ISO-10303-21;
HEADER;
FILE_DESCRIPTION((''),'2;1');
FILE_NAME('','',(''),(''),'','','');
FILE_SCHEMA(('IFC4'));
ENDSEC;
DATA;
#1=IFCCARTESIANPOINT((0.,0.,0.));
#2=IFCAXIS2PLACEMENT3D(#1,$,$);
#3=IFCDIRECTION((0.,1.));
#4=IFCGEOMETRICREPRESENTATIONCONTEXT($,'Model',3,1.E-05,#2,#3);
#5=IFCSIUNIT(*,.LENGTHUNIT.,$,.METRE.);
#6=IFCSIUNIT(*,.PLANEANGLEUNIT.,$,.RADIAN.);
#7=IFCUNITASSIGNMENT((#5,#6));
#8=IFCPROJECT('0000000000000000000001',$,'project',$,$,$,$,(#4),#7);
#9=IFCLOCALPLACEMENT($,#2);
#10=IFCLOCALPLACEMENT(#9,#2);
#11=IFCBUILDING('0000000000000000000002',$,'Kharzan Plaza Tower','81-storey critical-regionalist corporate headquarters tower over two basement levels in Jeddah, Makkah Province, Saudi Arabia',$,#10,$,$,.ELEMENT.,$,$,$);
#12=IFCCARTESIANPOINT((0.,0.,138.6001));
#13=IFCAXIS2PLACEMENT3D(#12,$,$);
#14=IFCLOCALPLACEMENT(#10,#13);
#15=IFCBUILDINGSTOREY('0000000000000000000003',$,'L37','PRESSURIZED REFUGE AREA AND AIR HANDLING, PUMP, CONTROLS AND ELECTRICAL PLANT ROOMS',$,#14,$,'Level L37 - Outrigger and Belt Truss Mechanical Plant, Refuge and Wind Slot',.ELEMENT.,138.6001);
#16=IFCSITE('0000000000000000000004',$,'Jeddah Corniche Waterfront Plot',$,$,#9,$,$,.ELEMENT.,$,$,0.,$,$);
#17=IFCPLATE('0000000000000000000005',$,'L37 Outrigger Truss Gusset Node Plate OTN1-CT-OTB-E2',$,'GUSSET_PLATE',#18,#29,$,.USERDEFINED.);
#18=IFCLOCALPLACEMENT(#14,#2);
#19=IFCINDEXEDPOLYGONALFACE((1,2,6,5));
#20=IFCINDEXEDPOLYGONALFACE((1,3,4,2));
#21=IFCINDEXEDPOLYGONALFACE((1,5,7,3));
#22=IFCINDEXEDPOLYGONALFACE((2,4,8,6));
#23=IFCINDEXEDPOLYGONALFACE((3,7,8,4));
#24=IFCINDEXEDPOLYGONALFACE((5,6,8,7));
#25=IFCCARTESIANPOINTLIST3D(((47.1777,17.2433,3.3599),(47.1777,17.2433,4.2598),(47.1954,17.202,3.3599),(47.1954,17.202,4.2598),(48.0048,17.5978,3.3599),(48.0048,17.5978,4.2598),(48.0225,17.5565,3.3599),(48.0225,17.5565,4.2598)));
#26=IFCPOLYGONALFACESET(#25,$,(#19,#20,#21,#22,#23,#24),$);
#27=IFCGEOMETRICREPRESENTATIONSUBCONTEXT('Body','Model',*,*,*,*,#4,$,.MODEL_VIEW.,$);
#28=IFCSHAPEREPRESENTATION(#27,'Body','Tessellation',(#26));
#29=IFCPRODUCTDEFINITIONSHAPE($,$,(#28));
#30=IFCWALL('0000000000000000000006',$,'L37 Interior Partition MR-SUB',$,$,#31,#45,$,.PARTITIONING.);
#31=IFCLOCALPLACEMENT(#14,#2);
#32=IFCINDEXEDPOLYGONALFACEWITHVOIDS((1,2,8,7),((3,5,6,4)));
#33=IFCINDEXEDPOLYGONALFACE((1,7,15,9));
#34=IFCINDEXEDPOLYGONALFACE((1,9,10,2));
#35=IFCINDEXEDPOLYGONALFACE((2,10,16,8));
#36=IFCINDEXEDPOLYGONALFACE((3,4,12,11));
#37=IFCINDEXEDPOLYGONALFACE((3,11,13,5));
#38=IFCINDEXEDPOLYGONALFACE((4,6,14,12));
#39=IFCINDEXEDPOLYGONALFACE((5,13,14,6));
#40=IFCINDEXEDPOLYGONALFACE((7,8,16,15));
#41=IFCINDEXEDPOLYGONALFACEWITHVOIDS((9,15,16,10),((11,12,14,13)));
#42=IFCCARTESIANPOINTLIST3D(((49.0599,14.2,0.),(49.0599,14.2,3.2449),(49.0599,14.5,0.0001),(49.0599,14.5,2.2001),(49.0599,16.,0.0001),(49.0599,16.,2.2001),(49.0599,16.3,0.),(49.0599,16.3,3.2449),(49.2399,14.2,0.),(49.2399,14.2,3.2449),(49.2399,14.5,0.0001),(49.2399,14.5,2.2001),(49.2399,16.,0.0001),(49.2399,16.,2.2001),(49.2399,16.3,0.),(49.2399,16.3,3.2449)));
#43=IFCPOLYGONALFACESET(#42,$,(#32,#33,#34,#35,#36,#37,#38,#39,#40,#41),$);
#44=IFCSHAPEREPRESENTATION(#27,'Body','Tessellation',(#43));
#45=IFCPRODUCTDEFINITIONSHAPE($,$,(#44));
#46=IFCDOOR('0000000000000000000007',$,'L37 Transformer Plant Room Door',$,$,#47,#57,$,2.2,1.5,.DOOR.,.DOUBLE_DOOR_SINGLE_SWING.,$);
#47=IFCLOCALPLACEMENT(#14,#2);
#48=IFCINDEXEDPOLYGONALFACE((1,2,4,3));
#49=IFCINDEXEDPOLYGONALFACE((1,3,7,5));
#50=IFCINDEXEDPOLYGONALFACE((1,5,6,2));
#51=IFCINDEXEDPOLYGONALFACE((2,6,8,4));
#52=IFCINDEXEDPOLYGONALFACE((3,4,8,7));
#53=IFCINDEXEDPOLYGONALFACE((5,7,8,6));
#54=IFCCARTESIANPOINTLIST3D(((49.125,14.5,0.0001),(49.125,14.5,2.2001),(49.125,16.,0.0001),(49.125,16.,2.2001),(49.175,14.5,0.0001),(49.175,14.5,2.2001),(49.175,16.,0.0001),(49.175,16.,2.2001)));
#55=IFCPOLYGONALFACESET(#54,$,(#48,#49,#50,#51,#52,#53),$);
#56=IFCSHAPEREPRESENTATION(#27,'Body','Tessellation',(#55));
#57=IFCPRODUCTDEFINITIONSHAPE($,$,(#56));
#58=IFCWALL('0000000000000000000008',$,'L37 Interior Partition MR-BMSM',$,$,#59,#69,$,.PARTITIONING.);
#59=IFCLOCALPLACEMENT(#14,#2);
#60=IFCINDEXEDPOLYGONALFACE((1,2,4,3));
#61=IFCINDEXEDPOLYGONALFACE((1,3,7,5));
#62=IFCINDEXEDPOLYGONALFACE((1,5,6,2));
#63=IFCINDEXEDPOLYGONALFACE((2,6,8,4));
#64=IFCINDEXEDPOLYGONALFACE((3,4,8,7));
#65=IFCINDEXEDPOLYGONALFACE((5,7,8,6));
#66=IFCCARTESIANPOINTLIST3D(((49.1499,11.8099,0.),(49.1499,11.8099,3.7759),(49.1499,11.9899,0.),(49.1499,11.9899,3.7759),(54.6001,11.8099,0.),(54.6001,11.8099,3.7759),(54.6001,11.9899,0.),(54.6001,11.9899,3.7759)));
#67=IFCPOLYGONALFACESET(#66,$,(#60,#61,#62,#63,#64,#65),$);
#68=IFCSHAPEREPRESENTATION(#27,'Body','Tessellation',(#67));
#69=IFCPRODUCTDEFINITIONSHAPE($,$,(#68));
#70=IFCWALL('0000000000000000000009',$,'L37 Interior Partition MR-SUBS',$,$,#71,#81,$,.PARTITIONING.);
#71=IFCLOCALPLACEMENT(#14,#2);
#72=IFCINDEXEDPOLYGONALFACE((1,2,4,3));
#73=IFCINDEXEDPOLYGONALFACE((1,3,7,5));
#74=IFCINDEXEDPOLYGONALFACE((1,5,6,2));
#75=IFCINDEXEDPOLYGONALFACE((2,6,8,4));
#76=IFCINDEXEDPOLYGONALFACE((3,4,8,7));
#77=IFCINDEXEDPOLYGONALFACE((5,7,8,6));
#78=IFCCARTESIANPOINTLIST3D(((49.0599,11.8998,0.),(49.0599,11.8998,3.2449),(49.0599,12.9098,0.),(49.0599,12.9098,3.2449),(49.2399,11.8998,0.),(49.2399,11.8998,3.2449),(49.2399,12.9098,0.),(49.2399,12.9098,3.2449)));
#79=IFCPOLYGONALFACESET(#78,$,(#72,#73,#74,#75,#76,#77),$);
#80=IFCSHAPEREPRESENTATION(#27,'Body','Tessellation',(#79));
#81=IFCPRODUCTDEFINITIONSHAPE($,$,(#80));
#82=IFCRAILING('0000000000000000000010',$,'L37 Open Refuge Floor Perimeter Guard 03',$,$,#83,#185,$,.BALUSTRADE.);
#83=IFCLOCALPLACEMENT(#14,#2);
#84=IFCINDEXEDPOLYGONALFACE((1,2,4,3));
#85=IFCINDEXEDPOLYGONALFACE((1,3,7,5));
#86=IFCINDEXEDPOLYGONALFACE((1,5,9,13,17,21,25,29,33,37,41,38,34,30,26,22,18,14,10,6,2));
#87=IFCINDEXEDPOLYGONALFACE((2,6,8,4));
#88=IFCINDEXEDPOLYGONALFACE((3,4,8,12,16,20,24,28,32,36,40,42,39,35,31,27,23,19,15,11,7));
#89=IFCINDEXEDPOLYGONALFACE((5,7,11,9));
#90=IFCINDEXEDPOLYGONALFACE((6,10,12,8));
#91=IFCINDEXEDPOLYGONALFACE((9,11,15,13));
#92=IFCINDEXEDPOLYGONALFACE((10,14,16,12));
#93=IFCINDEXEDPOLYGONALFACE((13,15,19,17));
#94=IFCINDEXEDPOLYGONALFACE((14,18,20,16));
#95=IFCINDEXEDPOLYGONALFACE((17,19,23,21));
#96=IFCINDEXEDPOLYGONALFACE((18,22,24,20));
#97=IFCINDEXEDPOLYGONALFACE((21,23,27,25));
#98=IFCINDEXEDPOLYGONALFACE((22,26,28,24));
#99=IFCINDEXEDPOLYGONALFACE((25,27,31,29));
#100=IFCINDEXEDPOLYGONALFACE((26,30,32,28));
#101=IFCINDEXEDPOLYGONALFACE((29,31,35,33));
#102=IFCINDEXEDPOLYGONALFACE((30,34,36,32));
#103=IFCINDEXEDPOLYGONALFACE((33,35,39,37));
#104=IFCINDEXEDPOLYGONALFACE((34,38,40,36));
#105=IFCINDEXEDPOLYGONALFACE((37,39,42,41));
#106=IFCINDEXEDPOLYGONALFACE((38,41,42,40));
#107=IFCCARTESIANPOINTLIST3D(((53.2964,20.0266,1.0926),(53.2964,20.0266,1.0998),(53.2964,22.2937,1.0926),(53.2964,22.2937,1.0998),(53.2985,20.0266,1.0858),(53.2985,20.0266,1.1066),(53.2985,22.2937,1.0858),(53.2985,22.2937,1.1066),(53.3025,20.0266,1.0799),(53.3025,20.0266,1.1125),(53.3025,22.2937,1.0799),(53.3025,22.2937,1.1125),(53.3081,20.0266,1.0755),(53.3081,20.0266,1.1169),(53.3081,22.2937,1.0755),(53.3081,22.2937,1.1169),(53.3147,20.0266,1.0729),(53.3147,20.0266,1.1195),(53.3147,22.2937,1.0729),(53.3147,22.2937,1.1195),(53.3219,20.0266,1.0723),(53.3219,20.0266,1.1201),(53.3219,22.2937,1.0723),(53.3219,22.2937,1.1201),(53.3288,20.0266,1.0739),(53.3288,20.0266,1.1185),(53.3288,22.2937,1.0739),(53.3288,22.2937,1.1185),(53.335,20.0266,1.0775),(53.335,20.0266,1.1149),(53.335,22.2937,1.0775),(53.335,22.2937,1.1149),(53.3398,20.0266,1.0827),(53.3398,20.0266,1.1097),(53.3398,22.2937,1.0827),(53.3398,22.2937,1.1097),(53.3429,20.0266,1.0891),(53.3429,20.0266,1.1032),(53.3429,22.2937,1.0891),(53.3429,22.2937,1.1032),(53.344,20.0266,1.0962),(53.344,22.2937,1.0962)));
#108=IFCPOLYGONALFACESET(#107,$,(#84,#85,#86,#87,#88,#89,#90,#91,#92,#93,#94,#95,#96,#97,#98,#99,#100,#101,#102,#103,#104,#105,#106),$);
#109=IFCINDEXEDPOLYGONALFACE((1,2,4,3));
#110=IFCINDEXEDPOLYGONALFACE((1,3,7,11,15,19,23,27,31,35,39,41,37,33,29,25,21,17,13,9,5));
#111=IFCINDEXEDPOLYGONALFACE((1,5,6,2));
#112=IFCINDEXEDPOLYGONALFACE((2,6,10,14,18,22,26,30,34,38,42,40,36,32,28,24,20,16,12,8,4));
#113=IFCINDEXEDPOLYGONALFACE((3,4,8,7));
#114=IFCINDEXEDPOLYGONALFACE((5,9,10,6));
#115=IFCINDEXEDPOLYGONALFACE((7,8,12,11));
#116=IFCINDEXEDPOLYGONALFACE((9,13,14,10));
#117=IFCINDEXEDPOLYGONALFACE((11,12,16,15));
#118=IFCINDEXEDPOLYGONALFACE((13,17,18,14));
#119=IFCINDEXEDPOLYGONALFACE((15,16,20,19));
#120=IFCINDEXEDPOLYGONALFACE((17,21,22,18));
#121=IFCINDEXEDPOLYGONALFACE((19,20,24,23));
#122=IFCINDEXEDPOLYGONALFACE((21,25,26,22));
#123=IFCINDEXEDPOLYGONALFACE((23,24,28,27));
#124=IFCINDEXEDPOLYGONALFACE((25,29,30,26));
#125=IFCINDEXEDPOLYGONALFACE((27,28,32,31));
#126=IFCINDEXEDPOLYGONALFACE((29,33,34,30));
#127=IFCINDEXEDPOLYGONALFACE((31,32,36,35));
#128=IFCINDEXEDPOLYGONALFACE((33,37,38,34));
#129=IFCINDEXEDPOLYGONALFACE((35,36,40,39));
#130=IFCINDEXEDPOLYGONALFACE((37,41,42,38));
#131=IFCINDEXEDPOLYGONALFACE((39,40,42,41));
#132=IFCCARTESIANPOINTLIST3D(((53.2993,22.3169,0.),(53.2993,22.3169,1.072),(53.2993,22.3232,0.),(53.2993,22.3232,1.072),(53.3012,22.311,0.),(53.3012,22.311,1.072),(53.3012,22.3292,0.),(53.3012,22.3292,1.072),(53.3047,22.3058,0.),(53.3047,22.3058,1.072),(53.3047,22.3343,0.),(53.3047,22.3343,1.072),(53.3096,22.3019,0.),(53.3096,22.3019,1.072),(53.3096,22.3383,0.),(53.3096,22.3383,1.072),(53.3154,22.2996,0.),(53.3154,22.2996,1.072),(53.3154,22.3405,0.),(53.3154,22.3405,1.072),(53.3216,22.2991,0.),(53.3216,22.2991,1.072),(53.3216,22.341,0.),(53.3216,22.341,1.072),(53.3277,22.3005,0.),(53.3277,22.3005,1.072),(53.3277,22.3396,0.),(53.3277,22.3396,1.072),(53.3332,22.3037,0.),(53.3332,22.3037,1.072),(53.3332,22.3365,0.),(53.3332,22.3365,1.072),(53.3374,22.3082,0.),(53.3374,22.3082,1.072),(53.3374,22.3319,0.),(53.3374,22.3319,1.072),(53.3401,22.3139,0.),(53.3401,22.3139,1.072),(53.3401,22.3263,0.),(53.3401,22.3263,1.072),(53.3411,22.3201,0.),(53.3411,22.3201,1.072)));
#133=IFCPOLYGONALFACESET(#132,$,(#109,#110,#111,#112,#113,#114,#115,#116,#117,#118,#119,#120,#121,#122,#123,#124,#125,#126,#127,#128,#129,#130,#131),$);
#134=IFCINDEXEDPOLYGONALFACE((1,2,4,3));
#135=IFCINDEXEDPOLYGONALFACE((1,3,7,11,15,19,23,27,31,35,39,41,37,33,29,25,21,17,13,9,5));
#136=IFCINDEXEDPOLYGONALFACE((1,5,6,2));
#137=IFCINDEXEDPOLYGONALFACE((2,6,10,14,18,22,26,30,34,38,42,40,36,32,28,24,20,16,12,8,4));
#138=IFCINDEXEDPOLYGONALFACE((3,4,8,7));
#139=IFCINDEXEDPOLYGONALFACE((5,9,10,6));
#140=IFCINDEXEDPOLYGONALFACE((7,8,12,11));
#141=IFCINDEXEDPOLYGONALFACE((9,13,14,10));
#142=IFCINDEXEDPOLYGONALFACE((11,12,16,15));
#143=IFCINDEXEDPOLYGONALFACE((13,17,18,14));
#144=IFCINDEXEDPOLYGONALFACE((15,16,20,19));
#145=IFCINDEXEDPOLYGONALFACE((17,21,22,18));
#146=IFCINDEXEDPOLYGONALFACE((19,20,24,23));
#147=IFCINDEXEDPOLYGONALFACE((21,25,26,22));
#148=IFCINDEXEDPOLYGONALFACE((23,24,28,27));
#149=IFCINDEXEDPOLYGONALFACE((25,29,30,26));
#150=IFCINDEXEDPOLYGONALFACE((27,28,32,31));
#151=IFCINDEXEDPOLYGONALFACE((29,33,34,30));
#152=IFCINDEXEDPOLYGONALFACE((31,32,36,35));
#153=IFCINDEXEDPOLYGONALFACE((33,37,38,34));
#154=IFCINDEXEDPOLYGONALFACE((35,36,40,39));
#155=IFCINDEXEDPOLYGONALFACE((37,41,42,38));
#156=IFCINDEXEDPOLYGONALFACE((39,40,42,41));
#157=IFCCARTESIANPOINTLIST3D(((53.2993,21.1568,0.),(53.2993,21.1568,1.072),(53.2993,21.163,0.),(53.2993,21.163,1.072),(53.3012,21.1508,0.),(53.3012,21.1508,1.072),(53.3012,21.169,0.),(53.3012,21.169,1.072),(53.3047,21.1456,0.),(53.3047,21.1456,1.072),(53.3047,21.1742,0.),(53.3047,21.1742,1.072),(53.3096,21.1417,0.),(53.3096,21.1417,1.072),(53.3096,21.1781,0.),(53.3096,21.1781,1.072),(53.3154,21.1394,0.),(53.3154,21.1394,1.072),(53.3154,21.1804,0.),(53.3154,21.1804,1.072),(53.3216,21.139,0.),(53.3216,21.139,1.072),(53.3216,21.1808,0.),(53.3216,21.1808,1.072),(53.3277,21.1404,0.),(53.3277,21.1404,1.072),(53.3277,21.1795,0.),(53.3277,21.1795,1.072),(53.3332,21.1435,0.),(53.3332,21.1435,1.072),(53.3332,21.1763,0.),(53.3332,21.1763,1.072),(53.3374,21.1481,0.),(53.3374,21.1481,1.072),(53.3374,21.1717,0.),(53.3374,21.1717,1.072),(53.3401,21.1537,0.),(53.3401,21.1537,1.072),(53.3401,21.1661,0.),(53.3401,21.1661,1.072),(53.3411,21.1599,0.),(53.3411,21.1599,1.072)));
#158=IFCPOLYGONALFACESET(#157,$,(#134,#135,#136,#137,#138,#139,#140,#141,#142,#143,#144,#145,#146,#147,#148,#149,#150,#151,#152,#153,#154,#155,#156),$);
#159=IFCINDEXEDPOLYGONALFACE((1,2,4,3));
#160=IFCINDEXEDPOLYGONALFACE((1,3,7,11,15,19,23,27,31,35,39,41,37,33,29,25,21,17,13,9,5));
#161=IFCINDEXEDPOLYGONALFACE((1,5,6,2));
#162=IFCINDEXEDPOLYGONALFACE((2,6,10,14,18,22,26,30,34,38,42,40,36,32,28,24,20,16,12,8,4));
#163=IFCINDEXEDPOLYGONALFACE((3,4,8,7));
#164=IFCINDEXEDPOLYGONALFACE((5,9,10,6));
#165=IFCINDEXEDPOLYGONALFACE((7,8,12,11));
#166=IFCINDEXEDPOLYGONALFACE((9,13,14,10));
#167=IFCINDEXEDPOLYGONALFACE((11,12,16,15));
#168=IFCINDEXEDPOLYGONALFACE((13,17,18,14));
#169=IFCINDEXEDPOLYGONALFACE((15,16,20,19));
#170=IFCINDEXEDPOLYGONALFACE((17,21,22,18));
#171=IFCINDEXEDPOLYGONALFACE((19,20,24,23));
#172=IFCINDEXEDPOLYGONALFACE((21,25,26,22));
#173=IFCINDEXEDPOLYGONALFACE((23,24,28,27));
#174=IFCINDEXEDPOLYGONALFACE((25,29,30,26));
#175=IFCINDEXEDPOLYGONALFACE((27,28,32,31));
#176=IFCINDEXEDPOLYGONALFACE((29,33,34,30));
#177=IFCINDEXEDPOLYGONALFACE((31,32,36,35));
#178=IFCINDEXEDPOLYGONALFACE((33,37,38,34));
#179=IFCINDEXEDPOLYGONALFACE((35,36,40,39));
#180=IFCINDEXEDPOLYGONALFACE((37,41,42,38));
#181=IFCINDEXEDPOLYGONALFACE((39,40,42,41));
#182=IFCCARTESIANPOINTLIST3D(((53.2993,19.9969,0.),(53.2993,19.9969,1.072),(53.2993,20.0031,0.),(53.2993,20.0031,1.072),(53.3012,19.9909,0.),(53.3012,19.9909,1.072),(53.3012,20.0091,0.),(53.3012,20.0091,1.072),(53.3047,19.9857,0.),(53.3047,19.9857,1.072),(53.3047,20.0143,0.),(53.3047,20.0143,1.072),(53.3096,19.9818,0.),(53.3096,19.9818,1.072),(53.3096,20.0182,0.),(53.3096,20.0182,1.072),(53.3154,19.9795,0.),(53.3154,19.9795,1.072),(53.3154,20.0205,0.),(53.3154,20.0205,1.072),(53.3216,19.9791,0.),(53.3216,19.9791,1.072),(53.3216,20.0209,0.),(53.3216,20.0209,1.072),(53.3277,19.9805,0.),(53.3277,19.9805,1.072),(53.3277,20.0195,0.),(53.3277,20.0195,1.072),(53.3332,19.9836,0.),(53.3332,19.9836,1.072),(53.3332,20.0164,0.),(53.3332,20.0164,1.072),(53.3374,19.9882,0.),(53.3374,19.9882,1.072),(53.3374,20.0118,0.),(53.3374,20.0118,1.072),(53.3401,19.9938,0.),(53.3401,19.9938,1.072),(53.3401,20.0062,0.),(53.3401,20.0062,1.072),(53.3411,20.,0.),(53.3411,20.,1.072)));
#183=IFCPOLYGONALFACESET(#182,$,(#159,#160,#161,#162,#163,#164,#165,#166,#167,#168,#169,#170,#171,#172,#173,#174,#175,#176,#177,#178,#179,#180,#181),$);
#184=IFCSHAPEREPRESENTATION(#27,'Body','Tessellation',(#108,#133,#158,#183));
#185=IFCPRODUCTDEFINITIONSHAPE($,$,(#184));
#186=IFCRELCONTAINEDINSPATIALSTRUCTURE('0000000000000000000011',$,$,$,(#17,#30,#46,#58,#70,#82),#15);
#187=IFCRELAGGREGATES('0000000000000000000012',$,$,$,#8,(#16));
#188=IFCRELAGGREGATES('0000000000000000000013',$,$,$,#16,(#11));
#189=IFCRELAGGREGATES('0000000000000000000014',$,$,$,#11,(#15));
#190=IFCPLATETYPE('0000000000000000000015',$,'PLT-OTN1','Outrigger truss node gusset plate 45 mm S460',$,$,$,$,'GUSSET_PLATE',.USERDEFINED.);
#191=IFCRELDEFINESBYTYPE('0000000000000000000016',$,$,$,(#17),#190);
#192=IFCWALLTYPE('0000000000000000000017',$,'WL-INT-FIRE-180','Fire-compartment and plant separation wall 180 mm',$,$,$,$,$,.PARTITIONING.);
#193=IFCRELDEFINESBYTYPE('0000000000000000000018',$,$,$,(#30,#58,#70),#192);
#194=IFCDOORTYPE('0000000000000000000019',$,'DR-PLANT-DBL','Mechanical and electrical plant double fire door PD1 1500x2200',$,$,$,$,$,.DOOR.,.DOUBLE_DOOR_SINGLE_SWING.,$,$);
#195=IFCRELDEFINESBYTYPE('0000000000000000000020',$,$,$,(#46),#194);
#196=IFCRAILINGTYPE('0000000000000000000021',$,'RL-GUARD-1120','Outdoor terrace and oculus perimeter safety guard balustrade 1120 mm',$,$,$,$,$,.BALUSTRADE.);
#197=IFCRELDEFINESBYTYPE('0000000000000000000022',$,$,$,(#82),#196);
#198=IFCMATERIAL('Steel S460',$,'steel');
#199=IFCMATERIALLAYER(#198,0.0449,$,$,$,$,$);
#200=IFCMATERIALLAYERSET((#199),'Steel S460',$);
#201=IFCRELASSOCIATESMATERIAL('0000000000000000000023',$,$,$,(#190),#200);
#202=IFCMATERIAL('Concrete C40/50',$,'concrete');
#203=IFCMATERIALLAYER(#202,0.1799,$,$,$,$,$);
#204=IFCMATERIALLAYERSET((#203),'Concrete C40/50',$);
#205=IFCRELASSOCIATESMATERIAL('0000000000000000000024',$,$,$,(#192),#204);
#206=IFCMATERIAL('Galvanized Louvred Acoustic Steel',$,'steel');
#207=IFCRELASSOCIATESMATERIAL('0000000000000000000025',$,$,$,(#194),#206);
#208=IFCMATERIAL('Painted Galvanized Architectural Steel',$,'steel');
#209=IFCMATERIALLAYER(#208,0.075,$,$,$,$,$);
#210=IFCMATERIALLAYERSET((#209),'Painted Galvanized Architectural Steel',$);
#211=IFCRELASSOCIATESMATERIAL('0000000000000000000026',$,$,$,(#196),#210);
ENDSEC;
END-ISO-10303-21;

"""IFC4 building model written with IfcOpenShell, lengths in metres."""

from ifc_helpers import new_model, si_unit, direction, frame, frame_2d, origin, origin_2d, place, context, subcontext, project, spatial, rectangle, circle, extrude, source, transform, mapped, material, layer, layer_set, type_object, element, fill, save


model = new_model("IFC4")

# Units and contexts
model_context = context("Model", 3, precision=1e-05, world=origin(), true_north=direction((0.0, 1.0)))
body_context = subcontext(model_context, "Body", "Model", "MODEL_VIEW")
ifc_project = project(units=[si_unit("LENGTHUNIT", "METRE"), si_unit("PLANEANGLEUNIT", "RADIAN")], contexts=[model_context])

# Site, building, storey
site_placement = place(None, origin())
site = spatial("IfcSite", under=ifc_project, at=site_placement, Name="Jeddah Corniche Waterfront Plot", CompositionType="ELEMENT", RefElevation=0.0)
building_placement = place(site_placement, origin())
building = spatial("IfcBuilding", under=site, at=building_placement, Name="Kharzan Plaza Tower", Description="81-storey critical-regionalist corporate headquarters tower over two basement levels in Jeddah, Makkah Province, Saudi Arabia", CompositionType="ELEMENT")
storey_placement = place(building_placement, frame((0.0, 0.0, 138.6001)))
storey = spatial("IfcBuildingStorey", under=building, at=storey_placement, Name="L37", Description="PRESSURIZED REFUGE AREA AND AIR HANDLING, PUMP, CONTROLS AND ELECTRICAL PLANT ROOMS", LongName="Level L37 - Outrigger and Belt Truss Mechanical Plant, Refuge and Wind Slot", CompositionType="ELEMENT", Elevation=138.6001)

# Plate
ifc_material_1 = material(Name="Steel S460", Category="steel")
ifc_layer_1 = layer(ifc_material_1, 0.0449)
ifc_layer_set_1 = layer_set([ifc_layer_1], Name="Steel S460")
plate_type_1 = type_object("IfcPlateType", Name="PLT-OTN1", Description="Outrigger truss node gusset plate 45 mm S460", ElementType="GUSSET_PLATE", PredefinedType="USERDEFINED", material=ifc_layer_set_1)
shared_shape_1 = source(origin(), body_context, "Body", "SweptSolid", [
    extrude(rectangle(XDim=0.8999, YDim=0.0449, at=origin_2d()), origin(), (0.0, 0.0, 1.0), 0.8999),
])
for number, where, z_axis, x_axis, name in (
    (1, (47.6001, 17.3999, 3.3599), (0.0, 0.0, 1.0), (0.919145, 0.393919, 0.0), "L37 Outrigger Truss Gusset Node Plate OTN1-CT-OTB-E2"),
):
    element("IfcPlate", number, at=place(storey_placement, frame(where, z_axis=z_axis, x_axis=x_axis)), inside=storey, type_object=plate_type_1, Name=name, ObjectType="GUSSET_PLATE", PredefinedType="USERDEFINED", context=body_context, shape_type="MappedRepresentation", body=[
        mapped(shared_shape_1, transform((0.0, 0.0, 0.0), x_axis=(1.0, 0.0, 0.0), y_axis=(0.0, 1.0, 0.0), z_axis=(0.0, 0.0, 1.0))),
    ])

# Wall, opening, door
ifc_material_2 = material(Name="Concrete C40/50", Category="concrete")
ifc_layer_2 = layer(ifc_material_2, 0.1799)
ifc_layer_set_2 = layer_set([ifc_layer_2], Name="Concrete C40/50")
wall_type = type_object("IfcWallType", Name="WL-INT-FIRE-180", Description="Fire-compartment and plant separation wall 180 mm", PredefinedType="PARTITIONING", material=ifc_layer_set_2)
wall_1_placement = place(storey_placement, frame((49.1499, 14.2, 0.0), z_axis=(0.0, 0.0, 1.0), x_axis=(0.0, 1.0, 0.0)))
wall_1 = element("IfcWall", 2, at=wall_1_placement, inside=storey, type_object=wall_type, Name="L37 Interior Partition MR-SUB", PredefinedType="PARTITIONING", context=body_context, shape_type="SweptSolid", body=[
    extrude(rectangle(XDim=2.1001, YDim=0.1799, at=frame_2d((1.05, 0.0))), origin(), (0.0, 0.0, 1.0), 3.2449),
])
opening_placement = place(wall_1_placement, frame((0.3, 0.0, 0.0)))
opening = element("IfcOpeningElement", 3, at=opening_placement, cuts=wall_1, PredefinedType="OPENING", context=body_context, shape_type="SweptSolid", body=[
    extrude(rectangle(XDim=1.5, YDim=2.2, at=frame_2d((0.75, 1.1001))), frame((0.0, 0.0999, 0.0), z_axis=(0.0, -1.0, 0.0), x_axis=(1.0, 0.0, 0.0)), (0.0, 0.0, 1.0), 0.2),
])
ifc_material_3 = material(Name="Galvanized Louvred Acoustic Steel", Category="steel")
door_type = type_object("IfcDoorType", Name="DR-PLANT-DBL", Description="Mechanical and electrical plant double fire door PD1 1500x2200", OperationType="DOUBLE_DOOR_SINGLE_SWING", PredefinedType="DOOR", material=ifc_material_3)
shared_shape_2 = source(origin(), body_context, "Body", "SweptSolid", [
    extrude(rectangle(XDim=1.5, YDim=2.2, at=frame_2d((0.75, 1.1001))), frame((0.0, 0.0249, 0.0), z_axis=(0.0, -1.0, 0.0), x_axis=(1.0, 0.0, 0.0)), (0.0, 0.0, 1.0), 0.05),
])
door_placement = place(opening_placement, origin())
door = element("IfcDoor", 4, at=door_placement, inside=storey, type_object=door_type, Name="L37 Transformer Plant Room Door", OperationType="DOUBLE_DOOR_SINGLE_SWING", OverallHeight=2.2, OverallWidth=1.5, PredefinedType="DOOR", context=body_context, shape_type="MappedRepresentation", body=[
    mapped(shared_shape_2, transform((0.0, 0.0, 0.0), x_axis=(1.0, 0.0, 0.0), y_axis=(0.0, 1.0, 0.0), z_axis=(0.0, 0.0, 1.0))),
])
fill(opening, door)

# Walls
shared_shape_3 = source(origin(), body_context, "Body", "SweptSolid", [
    extrude(rectangle(XDim=5.4502, YDim=0.1799, at=frame_2d((2.7251, 0.0))), origin(), (0.0, 0.0, 1.0), 3.7759),
])
wall_2_placement = place(storey_placement, frame((49.1499, 11.8999, 0.0), z_axis=(0.0, 0.0, 1.0), x_axis=(1.0, 0.0, 0.0)))
element("IfcWall", 5, at=wall_2_placement, inside=storey, type_object=wall_type, Name="L37 Interior Partition MR-BMSM", PredefinedType="PARTITIONING", context=body_context, shape_type="MappedRepresentation", body=[
    mapped(shared_shape_3, transform((0.0, 0.0, 0.0), x_axis=(1.0, 0.0, 0.0), y_axis=(0.0, 1.0, 0.0), z_axis=(0.0, 0.0, 1.0))),
])
shared_shape_4 = source(origin(), body_context, "Body", "SweptSolid", [
    extrude(rectangle(XDim=1.01, YDim=0.1799, at=frame_2d((0.5049, 0.0))), origin(), (0.0, 0.0, 1.0), 3.2449),
])
wall_3_placement = place(storey_placement, frame((49.1499, 11.8999, 0.0), z_axis=(0.0, 0.0, 1.0), x_axis=(0.0, 1.0, 0.0)))
element("IfcWall", 6, at=wall_3_placement, inside=storey, type_object=wall_type, Name="L37 Interior Partition MR-SUBS", PredefinedType="PARTITIONING", context=body_context, shape_type="MappedRepresentation", body=[
    mapped(shared_shape_4, transform((0.0, 0.0, 0.0), x_axis=(1.0, 0.0, 0.0), y_axis=(0.0, 1.0, 0.0), z_axis=(0.0, 0.0, 1.0))),
])

# Railing
ifc_material_4 = material(Name="Painted Galvanized Architectural Steel", Category="steel")
ifc_layer_3 = layer(ifc_material_4, 0.075)
ifc_layer_set_3 = layer_set([ifc_layer_3], Name="Painted Galvanized Architectural Steel")
railing_type = type_object("IfcRailingType", Name="RL-GUARD-1120", Description="Outdoor terrace and oculus perimeter safety guard balustrade 1120 mm", PredefinedType="BALUSTRADE", material=ifc_layer_set_3)
shared_shape_5 = source(origin(), body_context, "Body", "SweptSolid", [
    extrude(circle(Radius=0.0239, at=origin_2d()), frame((0.0, -0.0264, 1.0962), z_axis=(0.0, -1.0, 0.0), x_axis=(1.0, 0.0, 0.0)), (0.0, 0.0, 1.0), 2.2671),
    extrude(circle(Radius=0.021, at=origin_2d()), origin(), (0.0, 0.0, 1.0), 1.072),
    extrude(circle(Radius=0.021, at=origin_2d()), frame((0.0, -1.1602, 0.0)), (0.0, 0.0, 1.0), 1.072),
    extrude(circle(Radius=0.021, at=origin_2d()), frame((0.0, -2.3201, 0.0)), (0.0, 0.0, 1.0), 1.072),
])
railing_1_placement = place(storey_placement, frame((53.3201, 22.3201, 0.0)))
element("IfcRailing", 7, at=railing_1_placement, inside=storey, type_object=railing_type, Name="L37 Open Refuge Floor Perimeter Guard 03", PredefinedType="BALUSTRADE", context=body_context, shape_type="MappedRepresentation", body=[
    mapped(shared_shape_5, transform((0.0, 0.0, 0.0), x_axis=(1.0, 0.0, 0.0), y_axis=(0.0, 1.0, 0.0), z_axis=(0.0, 0.0, 1.0))),
])

save(model, "model.ifc")
